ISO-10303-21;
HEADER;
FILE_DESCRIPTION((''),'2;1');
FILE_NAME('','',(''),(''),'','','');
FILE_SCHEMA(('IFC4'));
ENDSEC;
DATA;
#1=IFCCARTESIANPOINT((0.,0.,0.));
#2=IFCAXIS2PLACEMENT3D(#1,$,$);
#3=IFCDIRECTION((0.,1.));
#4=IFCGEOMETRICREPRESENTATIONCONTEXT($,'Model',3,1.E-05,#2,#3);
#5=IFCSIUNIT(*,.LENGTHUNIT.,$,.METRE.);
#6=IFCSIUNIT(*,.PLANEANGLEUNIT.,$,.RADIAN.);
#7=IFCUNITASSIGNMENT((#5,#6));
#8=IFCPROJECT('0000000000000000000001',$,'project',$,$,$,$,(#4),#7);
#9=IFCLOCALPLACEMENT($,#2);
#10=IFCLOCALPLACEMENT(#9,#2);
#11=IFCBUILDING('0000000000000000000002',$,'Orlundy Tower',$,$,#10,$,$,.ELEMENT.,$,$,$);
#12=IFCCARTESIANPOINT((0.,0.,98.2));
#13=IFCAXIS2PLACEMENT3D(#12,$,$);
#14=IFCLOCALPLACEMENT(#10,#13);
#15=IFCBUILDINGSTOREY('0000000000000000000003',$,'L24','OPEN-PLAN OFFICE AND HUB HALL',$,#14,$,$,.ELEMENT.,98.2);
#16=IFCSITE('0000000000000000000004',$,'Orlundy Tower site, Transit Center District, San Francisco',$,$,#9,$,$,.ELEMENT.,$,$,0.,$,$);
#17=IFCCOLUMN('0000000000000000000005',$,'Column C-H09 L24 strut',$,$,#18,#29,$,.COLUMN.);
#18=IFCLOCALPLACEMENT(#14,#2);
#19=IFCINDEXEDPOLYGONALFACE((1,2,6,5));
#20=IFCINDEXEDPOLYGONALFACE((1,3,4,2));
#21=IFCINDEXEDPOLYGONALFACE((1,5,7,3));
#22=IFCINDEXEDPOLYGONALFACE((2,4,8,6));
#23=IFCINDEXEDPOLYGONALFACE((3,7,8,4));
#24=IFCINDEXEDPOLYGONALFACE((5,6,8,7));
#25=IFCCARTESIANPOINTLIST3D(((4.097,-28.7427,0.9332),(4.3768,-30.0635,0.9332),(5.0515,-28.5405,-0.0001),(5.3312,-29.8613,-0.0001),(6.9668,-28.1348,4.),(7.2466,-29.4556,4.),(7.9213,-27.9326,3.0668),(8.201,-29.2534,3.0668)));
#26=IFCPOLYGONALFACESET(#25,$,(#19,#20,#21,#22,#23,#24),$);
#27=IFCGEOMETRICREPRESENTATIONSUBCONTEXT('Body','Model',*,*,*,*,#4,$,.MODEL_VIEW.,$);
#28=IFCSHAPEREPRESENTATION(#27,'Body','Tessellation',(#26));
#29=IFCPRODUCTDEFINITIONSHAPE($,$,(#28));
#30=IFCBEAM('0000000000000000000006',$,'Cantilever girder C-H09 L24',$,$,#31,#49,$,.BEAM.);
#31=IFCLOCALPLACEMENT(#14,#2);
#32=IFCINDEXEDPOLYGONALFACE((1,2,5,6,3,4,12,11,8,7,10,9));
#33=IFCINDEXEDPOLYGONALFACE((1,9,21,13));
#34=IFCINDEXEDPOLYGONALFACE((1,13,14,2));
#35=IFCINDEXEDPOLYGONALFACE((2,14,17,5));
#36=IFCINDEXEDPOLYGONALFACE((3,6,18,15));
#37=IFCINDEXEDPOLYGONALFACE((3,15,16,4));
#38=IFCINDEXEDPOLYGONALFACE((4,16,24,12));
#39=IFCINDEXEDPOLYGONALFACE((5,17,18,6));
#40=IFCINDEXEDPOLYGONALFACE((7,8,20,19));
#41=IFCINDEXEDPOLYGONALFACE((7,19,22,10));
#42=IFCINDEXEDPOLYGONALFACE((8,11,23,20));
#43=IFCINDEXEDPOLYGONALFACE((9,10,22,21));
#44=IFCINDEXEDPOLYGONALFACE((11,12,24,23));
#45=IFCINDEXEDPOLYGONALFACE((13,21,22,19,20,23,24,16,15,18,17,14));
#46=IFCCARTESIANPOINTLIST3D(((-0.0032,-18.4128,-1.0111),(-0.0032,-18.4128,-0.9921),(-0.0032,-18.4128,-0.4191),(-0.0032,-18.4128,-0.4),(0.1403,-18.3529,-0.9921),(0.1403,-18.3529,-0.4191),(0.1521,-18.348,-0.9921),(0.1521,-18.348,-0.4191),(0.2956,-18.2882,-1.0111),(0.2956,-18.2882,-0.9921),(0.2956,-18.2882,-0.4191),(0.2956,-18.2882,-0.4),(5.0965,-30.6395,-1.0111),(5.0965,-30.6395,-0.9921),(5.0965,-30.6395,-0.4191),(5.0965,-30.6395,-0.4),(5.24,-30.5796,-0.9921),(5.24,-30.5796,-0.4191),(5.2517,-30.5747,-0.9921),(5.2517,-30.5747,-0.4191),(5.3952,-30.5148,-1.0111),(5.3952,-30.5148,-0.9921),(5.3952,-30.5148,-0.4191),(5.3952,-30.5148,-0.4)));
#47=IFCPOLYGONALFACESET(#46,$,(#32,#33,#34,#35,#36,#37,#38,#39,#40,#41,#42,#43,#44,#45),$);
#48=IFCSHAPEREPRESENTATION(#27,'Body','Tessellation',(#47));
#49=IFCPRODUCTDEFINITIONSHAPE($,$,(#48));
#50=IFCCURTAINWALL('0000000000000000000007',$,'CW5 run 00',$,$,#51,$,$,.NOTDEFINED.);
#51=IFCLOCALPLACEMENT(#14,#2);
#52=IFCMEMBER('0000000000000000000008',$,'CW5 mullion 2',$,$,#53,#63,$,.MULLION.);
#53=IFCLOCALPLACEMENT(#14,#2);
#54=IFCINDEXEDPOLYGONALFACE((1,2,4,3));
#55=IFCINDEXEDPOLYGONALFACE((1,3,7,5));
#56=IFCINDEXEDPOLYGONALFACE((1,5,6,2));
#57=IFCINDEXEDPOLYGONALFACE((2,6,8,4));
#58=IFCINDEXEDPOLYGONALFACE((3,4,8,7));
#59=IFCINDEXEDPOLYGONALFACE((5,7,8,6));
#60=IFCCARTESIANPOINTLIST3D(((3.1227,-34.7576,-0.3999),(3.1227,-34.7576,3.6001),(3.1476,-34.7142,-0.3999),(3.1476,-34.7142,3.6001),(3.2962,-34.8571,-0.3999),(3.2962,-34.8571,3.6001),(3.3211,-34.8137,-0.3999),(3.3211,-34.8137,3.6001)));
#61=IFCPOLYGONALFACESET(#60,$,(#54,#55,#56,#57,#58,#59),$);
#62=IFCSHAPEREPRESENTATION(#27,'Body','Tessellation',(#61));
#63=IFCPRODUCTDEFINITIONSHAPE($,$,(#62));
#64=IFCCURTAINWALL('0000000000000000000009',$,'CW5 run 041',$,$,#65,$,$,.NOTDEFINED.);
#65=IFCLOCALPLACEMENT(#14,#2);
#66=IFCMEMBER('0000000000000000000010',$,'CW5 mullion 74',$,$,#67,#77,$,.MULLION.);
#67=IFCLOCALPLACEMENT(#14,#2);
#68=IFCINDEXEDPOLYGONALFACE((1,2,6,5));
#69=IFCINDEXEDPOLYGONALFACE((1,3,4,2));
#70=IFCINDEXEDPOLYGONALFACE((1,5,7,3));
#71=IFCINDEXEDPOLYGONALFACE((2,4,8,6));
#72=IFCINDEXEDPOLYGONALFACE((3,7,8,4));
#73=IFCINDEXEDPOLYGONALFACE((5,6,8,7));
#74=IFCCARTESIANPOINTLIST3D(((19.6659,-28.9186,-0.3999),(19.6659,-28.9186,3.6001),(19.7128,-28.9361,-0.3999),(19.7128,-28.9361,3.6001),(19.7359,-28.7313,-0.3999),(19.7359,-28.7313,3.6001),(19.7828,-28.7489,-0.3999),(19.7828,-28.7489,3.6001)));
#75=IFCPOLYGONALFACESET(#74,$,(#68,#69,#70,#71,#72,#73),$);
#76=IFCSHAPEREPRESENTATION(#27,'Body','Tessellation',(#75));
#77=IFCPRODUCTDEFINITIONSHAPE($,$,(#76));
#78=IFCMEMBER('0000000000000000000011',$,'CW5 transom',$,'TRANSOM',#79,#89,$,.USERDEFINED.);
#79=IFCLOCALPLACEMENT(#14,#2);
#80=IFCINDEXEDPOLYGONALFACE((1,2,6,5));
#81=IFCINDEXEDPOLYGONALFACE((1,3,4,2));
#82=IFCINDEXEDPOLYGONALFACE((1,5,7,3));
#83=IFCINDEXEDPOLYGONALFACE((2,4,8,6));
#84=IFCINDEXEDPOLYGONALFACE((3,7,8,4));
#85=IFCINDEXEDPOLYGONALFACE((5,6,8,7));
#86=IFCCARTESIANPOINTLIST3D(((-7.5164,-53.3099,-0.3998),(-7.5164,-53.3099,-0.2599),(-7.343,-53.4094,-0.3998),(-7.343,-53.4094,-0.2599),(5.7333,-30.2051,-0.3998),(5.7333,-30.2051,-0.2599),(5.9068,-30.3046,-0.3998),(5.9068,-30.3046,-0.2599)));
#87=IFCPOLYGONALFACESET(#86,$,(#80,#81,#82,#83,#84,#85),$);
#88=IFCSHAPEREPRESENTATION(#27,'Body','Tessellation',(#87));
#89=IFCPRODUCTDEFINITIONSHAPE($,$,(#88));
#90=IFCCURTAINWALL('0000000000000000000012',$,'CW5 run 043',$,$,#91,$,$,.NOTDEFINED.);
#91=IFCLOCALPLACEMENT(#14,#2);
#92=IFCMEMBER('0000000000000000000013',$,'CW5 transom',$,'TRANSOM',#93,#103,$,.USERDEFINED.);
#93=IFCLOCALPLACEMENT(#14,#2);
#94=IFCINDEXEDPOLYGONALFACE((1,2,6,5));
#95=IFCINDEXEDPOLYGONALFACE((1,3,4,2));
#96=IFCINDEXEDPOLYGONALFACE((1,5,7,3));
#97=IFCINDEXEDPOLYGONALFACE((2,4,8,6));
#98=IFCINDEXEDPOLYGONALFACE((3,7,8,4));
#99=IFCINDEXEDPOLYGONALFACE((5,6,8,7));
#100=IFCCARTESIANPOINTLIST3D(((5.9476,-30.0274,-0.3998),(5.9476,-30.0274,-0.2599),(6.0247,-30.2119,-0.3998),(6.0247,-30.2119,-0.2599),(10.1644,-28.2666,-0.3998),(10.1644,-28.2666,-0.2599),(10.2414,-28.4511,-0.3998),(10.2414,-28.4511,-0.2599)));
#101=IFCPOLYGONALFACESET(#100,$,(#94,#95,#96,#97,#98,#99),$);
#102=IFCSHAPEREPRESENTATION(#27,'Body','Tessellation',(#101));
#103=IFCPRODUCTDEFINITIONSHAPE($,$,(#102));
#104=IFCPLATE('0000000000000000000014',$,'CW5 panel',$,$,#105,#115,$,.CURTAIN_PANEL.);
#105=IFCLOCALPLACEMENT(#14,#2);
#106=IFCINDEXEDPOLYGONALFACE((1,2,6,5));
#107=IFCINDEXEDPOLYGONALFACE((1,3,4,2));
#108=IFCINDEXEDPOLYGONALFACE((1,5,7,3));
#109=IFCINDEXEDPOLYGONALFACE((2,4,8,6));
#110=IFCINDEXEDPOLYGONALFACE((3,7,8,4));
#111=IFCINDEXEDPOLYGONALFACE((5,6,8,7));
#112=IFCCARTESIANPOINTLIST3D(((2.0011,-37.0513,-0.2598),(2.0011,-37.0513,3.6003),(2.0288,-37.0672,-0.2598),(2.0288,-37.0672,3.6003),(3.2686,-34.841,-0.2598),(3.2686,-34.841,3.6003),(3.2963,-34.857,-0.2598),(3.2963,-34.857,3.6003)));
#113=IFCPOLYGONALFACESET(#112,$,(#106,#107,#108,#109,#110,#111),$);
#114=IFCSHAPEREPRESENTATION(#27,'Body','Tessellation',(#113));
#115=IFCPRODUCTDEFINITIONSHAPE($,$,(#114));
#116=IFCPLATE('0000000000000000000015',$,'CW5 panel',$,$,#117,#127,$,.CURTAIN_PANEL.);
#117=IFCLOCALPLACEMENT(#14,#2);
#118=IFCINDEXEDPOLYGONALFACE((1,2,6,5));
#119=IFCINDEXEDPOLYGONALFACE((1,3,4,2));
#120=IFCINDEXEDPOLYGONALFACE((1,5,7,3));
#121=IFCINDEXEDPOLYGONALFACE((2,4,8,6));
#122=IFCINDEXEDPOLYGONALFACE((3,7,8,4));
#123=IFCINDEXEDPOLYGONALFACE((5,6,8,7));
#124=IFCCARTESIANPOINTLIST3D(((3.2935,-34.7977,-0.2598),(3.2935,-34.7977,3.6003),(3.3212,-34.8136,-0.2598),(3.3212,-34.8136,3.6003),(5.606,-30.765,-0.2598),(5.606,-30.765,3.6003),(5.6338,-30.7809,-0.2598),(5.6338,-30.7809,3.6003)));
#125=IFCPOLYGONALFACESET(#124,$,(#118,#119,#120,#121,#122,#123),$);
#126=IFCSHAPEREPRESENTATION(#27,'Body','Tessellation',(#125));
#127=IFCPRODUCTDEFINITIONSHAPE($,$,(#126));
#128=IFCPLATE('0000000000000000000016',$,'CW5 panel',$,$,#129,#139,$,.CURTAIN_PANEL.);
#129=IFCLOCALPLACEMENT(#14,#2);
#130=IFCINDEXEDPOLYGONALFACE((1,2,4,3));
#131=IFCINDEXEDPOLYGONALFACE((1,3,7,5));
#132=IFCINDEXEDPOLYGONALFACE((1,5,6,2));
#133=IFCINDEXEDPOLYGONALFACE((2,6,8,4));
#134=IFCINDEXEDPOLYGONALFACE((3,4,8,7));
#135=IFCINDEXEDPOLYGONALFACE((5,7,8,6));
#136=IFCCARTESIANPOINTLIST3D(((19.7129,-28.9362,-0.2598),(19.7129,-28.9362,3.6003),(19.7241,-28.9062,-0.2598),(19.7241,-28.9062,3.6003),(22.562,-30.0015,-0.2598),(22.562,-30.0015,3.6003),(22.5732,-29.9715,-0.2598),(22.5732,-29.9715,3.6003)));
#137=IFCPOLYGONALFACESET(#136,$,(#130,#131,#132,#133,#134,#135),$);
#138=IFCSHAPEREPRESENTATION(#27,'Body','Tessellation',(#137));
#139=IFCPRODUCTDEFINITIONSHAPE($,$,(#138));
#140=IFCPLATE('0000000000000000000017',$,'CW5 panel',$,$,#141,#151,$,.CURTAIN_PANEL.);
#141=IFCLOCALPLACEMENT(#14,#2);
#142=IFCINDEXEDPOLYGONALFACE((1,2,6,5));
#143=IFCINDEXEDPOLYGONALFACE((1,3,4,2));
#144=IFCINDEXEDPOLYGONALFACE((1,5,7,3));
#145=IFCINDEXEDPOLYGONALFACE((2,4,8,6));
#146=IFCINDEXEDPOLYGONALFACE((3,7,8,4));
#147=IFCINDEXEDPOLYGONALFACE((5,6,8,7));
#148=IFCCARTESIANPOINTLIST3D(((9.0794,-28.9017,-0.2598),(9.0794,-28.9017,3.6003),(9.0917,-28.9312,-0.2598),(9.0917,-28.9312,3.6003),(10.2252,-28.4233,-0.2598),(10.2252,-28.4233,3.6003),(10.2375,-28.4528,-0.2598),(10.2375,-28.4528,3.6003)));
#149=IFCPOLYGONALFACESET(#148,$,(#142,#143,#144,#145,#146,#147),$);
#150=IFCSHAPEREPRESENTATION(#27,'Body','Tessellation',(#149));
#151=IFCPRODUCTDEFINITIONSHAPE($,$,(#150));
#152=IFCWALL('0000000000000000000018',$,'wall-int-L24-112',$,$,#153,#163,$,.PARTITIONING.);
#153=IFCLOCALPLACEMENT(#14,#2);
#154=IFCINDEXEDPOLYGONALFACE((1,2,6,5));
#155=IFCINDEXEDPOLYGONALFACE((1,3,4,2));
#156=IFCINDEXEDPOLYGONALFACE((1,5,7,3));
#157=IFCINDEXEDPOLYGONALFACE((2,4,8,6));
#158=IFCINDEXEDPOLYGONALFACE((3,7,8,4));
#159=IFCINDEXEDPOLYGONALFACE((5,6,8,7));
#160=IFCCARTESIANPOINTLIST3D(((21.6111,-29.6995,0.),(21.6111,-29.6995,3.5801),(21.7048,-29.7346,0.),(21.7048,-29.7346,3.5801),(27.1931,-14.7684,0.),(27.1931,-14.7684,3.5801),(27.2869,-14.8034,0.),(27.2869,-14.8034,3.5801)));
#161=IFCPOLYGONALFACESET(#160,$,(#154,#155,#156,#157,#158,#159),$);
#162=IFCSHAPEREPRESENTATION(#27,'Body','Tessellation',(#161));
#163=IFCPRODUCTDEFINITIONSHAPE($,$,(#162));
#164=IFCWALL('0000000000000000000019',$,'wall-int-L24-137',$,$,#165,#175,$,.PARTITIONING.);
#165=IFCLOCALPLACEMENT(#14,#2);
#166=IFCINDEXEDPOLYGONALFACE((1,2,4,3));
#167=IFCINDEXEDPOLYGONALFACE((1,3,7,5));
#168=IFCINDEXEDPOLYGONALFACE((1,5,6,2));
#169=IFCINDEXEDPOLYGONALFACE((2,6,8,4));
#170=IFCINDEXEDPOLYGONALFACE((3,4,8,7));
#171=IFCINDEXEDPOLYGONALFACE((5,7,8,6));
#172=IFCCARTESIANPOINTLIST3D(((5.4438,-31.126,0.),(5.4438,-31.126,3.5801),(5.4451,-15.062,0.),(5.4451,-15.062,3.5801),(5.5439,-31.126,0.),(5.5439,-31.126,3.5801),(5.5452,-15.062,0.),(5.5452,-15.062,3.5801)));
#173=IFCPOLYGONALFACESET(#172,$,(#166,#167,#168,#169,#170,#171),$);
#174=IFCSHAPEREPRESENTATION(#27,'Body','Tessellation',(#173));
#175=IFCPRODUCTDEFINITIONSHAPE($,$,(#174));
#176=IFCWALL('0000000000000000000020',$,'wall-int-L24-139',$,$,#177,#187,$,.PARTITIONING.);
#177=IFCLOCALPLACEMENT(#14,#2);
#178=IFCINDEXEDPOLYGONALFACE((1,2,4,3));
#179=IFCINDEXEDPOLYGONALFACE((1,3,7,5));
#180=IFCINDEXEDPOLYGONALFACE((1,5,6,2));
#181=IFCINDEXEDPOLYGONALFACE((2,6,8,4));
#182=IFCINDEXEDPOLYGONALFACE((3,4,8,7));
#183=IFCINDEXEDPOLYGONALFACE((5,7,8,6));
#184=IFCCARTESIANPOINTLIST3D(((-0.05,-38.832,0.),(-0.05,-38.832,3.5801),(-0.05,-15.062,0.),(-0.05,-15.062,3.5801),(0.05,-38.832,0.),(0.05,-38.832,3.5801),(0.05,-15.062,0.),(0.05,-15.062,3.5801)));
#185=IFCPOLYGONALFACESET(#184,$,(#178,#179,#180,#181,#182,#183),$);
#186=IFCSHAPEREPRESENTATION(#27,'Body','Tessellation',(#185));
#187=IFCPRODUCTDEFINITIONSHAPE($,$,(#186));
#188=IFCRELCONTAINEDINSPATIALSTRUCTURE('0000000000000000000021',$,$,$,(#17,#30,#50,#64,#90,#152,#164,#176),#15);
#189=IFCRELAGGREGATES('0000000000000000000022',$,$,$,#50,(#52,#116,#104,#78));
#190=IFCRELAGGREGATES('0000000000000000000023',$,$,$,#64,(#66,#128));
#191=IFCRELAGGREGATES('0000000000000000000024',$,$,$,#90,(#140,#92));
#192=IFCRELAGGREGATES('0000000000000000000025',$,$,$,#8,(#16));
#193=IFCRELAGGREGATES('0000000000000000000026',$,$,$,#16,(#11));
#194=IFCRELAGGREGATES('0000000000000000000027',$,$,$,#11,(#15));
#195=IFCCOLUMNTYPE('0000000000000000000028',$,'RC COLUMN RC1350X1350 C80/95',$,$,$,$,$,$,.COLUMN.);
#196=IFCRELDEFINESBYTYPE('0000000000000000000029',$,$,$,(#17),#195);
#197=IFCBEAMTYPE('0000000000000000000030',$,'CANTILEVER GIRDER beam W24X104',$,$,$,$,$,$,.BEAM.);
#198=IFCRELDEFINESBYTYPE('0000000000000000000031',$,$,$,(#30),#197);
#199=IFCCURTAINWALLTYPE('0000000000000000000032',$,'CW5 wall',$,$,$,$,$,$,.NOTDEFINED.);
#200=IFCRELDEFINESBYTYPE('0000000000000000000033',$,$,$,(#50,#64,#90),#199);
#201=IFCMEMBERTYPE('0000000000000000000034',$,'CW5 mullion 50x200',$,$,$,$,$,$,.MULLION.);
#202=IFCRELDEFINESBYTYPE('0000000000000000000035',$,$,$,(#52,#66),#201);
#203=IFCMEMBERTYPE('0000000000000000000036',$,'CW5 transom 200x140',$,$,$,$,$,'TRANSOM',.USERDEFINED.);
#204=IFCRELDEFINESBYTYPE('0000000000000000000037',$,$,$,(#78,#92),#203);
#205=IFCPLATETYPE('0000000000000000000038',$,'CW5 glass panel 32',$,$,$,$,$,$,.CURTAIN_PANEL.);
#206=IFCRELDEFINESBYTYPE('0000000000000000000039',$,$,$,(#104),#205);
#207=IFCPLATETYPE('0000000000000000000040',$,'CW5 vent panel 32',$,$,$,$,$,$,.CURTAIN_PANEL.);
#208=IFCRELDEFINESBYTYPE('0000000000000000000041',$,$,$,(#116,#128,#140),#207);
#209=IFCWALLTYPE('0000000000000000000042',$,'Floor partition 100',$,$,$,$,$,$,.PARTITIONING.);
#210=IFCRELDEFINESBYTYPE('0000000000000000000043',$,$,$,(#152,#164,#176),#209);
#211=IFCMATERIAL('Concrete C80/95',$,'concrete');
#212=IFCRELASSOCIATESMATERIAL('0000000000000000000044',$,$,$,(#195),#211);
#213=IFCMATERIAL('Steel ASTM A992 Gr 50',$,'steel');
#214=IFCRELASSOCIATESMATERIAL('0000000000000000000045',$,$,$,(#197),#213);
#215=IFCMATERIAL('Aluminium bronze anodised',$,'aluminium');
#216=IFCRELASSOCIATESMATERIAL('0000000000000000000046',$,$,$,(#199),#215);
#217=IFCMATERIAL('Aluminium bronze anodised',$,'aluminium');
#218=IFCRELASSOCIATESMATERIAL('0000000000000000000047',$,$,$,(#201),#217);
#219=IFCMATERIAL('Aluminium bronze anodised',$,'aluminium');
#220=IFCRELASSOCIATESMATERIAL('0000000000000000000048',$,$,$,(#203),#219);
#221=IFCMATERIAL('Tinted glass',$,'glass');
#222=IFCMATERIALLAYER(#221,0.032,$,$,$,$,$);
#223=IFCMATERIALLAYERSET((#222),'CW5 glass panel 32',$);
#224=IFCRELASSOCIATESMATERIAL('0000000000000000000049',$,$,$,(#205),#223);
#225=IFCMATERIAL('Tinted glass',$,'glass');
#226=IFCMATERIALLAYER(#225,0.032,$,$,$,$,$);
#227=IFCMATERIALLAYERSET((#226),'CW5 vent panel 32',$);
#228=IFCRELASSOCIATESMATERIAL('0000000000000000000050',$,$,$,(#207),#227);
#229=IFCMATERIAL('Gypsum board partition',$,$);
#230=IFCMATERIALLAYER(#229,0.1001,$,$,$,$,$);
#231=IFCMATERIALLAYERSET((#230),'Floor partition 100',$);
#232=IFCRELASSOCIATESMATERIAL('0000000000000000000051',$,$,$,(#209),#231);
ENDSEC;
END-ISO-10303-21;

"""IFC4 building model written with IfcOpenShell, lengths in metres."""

from ifc_helpers import new_model, si_unit, direction, frame, frame_2d, origin, origin_2d, place, context, subcontext, project, spatial, rectangle, i_section, extrude, material, layer, layer_set, material_profile, profile_set, type_object, element, aggregate, save


model = new_model("IFC4")

# Units and contexts
model_context = context("Model", 3, precision=1e-05, world=origin(), true_north=direction((0.0, 1.0)))
body_context = subcontext(model_context, "Body", "Model", "MODEL_VIEW")
ifc_project = project(units=[si_unit("LENGTHUNIT", "METRE"), si_unit("PLANEANGLEUNIT", "RADIAN")], contexts=[model_context])

# Site, building, storey
site_placement = place(None, origin())
site = spatial("IfcSite", under=ifc_project, at=site_placement, Name="Orlundy Tower site, Transit Center District, San Francisco", CompositionType="ELEMENT", RefElevation=0.0)
building_placement = place(site_placement, origin())
building = spatial("IfcBuilding", under=site, at=building_placement, Name="Orlundy Tower", CompositionType="ELEMENT")
storey_placement = place(building_placement, frame((0.0, 0.0, 98.2)))
storey = spatial("IfcBuildingStorey", under=building, at=storey_placement, Name="L24", Description="OPEN-PLAN OFFICE AND HUB HALL", CompositionType="ELEMENT", Elevation=98.2)

# Column
ifc_material_1 = material(Name="Concrete C80/95", Category="concrete")
ifc_material_profile_1 = material_profile(ifc_material_1, rectangle(XDim=1.3501, YDim=1.3501, at=origin_2d()), Name="RC1350X1350")
ifc_profile_set_1 = profile_set([ifc_material_profile_1], Name="Concrete C80/95")
column_type = type_object("IfcColumnType", Name="RC COLUMN RC1350X1350 C80/95", PredefinedType="COLUMN", material=ifc_profile_set_1)
column_placement = place(storey_placement, frame((4.7141, -29.302, 0.4666), z_axis=(0.676218, 0.14324, 0.722642), x_axis=(-0.207227, 0.978293, 0.0)))
element("IfcColumn", 1, at=column_placement, inside=storey, type_object=column_type, Name="Column C-H09 L24 strut", PredefinedType="COLUMN", context=body_context, shape_type="SweptSolid", body=[
    extrude(rectangle(XDim=1.3501, YDim=1.3501, at=origin_2d()), origin(), (0.0, 0.0, 1.0), 4.2439),
])

# Beam
ifc_material_2 = material(Name="Steel ASTM A992 Gr 50", Category="steel")
ifc_material_profile_2 = material_profile(ifc_material_2, i_section(OverallWidth=0.3237, OverallDepth=0.6111, WebThickness=0.0127, FlangeThickness=0.019, at=origin_2d()), Name="W24X104")
ifc_profile_set_2 = profile_set([ifc_material_profile_2], Name="Steel ASTM A992 Gr 50")
beam_type = type_object("IfcBeamType", Name="CANTILEVER GIRDER beam W24X104", PredefinedType="BEAM", material=ifc_profile_set_2)
beam_placement = place(storey_placement, frame((5.2458, -30.5771, -0.7056), z_axis=(-0.38495, 0.922937, 0.0), x_axis=(-0.922937, -0.38495, 0.0)))
element("IfcBeam", 2, at=beam_placement, inside=storey, type_object=beam_type, Name="Cantilever girder C-H09 L24", PredefinedType="BEAM", context=body_context, shape_type="SweptSolid", body=[
    extrude(i_section(OverallWidth=0.3237, OverallDepth=0.6111, WebThickness=0.0127, FlangeThickness=0.019, at=origin_2d()), origin(), (0.0, 0.0, 1.0), 13.2476),
])

# Curtain walls, members
ifc_material_3 = material(Name="Aluminium bronze anodised", Category="aluminium")
curtain_wall_type = type_object("IfcCurtainWallType", Name="CW5 wall", PredefinedType="NOTDEFINED", material=ifc_material_3)
curtain_wall_1_placement = place(storey_placement, origin())
curtain_wall_1 = element("IfcCurtainWall", 3, at=curtain_wall_1_placement, inside=storey, type_object=curtain_wall_type, Name="CW5 run 00", PredefinedType="NOTDEFINED")
ifc_material_4 = material(Name="Aluminium bronze anodised", Category="aluminium")
ifc_material_profile_3 = material_profile(ifc_material_4, rectangle(XDim=0.2, YDim=0.05, at=origin_2d()), Name="CW5 mullion 50x200")
ifc_profile_set_3 = profile_set([ifc_material_profile_3], Name="Aluminium bronze anodised")
member_type_1 = type_object("IfcMemberType", Name="CW5 mullion 50x200", PredefinedType="MULLION", material=ifc_profile_set_3)
member_1_placement = place(storey_placement, frame((3.2219, -34.7856, -0.3999), z_axis=(0.0, 0.0, 1.0), x_axis=(0.867479, -0.497473, 0.0)))
member_1 = element("IfcMember", 4, at=member_1_placement, type_object=member_type_1, Name="CW5 mullion 2", PredefinedType="MULLION", context=body_context, shape_type="SweptSolid", body=[
    extrude(rectangle(XDim=0.2, YDim=0.05, at=origin_2d()), origin(), (0.0, 0.0, 1.0), 4.0),
])
curtain_wall_2_placement = place(storey_placement, origin())
curtain_wall_2 = element("IfcCurtainWall", 5, at=curtain_wall_2_placement, inside=storey, type_object=curtain_wall_type, Name="CW5 run 041", PredefinedType="NOTDEFINED")
member_2_placement = place(storey_placement, frame((19.7244, -28.8337, -0.3999), z_axis=(0.0, 0.0, 1.0), x_axis=(-0.350219, -0.936668, 0.0)))
member_2 = element("IfcMember", 6, at=member_2_placement, type_object=member_type_1, Name="CW5 mullion 74", PredefinedType="MULLION", context=body_context, shape_type="SweptSolid", body=[
    extrude(rectangle(XDim=0.2, YDim=0.05, at=origin_2d()), origin(), (0.0, 0.0, 1.0), 4.0),
])

# Member
ifc_material_5 = material(Name="Aluminium bronze anodised", Category="aluminium")
ifc_material_profile_4 = material_profile(ifc_material_5, rectangle(XDim=0.2, YDim=0.1399, at=origin_2d()), Name="CW5 transom 200x140")
ifc_profile_set_4 = profile_set([ifc_material_profile_4], Name="Aluminium bronze anodised")
member_type_2 = type_object("IfcMemberType", Name="CW5 transom 200x140", ElementType="TRANSOM", PredefinedType="USERDEFINED", material=ifc_profile_set_4)
member_3_placement = place(storey_placement, frame((5.8201, -30.2549, -0.3298), z_axis=(-0.49747, -0.867481, 0.0), x_axis=(0.867481, -0.49747, 0.0)))
member_3 = element("IfcMember", 7, at=member_3_placement, type_object=member_type_2, Name="CW5 transom", ObjectType="TRANSOM", PredefinedType="USERDEFINED", context=body_context, shape_type="SweptSolid", body=[
    extrude(rectangle(XDim=0.2, YDim=0.1399, at=origin_2d()), origin(), (0.0, 0.0, 1.0), 26.6343),
])

# Curtain wall, member
curtain_wall_3_placement = place(storey_placement, origin())
curtain_wall_3 = element("IfcCurtainWall", 8, at=curtain_wall_3_placement, inside=storey, type_object=curtain_wall_type, Name="CW5 run 043", PredefinedType="NOTDEFINED")
member_4_placement = place(storey_placement, frame((10.2029, -28.3589, -0.3298), z_axis=(-0.922786, -0.385313, 0.0), x_axis=(0.385313, -0.922786, 0.0)))
member_4 = element("IfcMember", 9, at=member_4_placement, type_object=member_type_2, Name="CW5 transom", ObjectType="TRANSOM", PredefinedType="USERDEFINED", context=body_context, shape_type="SweptSolid", body=[
    extrude(rectangle(XDim=0.2, YDim=0.1399, at=origin_2d()), origin(), (0.0, 0.0, 1.0), 4.5696),
])

# Plates
ifc_material_6 = material(Name="Tinted glass", Category="glass")
ifc_layer_1 = layer(ifc_material_6, 0.032)
ifc_layer_set_1 = layer_set([ifc_layer_1], Name="CW5 glass panel 32")
plate_type_1 = type_object("IfcPlateType", Name="CW5 glass panel 32", PredefinedType="CURTAIN_PANEL", material=ifc_layer_set_1)
plate_1_placement = place(storey_placement, frame((2.6487, -35.9541, -0.2598), z_axis=(0.0, 0.0, 1.0), x_axis=(-0.497473, -0.867479, 0.0)))
plate_1 = element("IfcPlate", 10, at=plate_1_placement, type_object=plate_type_1, Name="CW5 panel", PredefinedType="CURTAIN_PANEL", context=body_context, shape_type="SweptSolid", body=[
    extrude(rectangle(XDim=2.5479, YDim=0.032, at=origin_2d()), origin(), (0.0, 0.0, 1.0), 3.8601),
])
ifc_material_7 = material(Name="Tinted glass", Category="glass")
ifc_layer_2 = layer(ifc_material_7, 0.032)
ifc_layer_set_2 = layer_set([ifc_layer_2], Name="CW5 vent panel 32")
plate_type_2 = type_object("IfcPlateType", Name="CW5 vent panel 32", PredefinedType="CURTAIN_PANEL", material=ifc_layer_set_2)
plate_2_placement = place(storey_placement, frame((4.4636, -32.7893, -0.2598), z_axis=(0.0, 0.0, 1.0), x_axis=(-0.497473, -0.867479, 0.0)))
plate_2 = element("IfcPlate", 11, at=plate_2_placement, type_object=plate_type_2, Name="CW5 panel", PredefinedType="CURTAIN_PANEL", context=body_context, shape_type="SweptSolid", body=[
    extrude(rectangle(XDim=4.6487, YDim=0.032, at=origin_2d()), origin(), (0.0, 0.0, 1.0), 3.8601),
])
aggregate(curtain_wall_1, [member_1, plate_2, plate_1, member_3])
plate_3_placement = place(storey_placement, frame((21.1431, -29.4539, -0.2598), z_axis=(0.0, 0.0, 1.0), x_axis=(-0.936668, 0.350219, 0.0)))
plate_3 = element("IfcPlate", 12, at=plate_3_placement, type_object=plate_type_2, Name="CW5 panel", PredefinedType="CURTAIN_PANEL", context=body_context, shape_type="SweptSolid", body=[
    extrude(rectangle(XDim=3.0417, YDim=0.032, at=origin_2d()), origin(), (0.0, 0.0, 1.0), 3.8601),
])
aggregate(curtain_wall_2, [member_2, plate_3])
plate_4_placement = place(storey_placement, frame((9.6584, -28.6772, -0.2598), z_axis=(0.0, 0.0, 1.0), x_axis=(-0.922778, -0.385331, 0.0)))
plate_4 = element("IfcPlate", 13, at=plate_4_placement, type_object=plate_type_2, Name="CW5 panel", PredefinedType="CURTAIN_PANEL", context=body_context, shape_type="SweptSolid", body=[
    extrude(rectangle(XDim=1.2417, YDim=0.032, at=origin_2d()), origin(), (0.0, 0.0, 1.0), 3.8601),
])
aggregate(curtain_wall_3, [plate_4, member_4])

# Walls
ifc_material_8 = material(Name="Gypsum board partition")
ifc_layer_3 = layer(ifc_material_8, 0.1001)
ifc_layer_set_3 = layer_set([ifc_layer_3], Name="Floor partition 100")
wall_type = type_object("IfcWallType", Name="Floor partition 100", PredefinedType="PARTITIONING", material=ifc_layer_set_3)
wall_1_placement = place(storey_placement, frame((21.658, -29.717, 0.0), z_axis=(0.0, 0.0, 1.0), x_axis=(0.35018, 0.936682, 0.0)))
element("IfcWall", 14, at=wall_1_placement, inside=storey, type_object=wall_type, Name="wall-int-L24-112", PredefinedType="PARTITIONING", context=body_context, shape_type="SweptSolid", body=[
    extrude(rectangle(XDim=15.9404, YDim=0.1001, at=frame_2d((7.9702, 0.0))), origin(), (0.0, 0.0, 1.0), 3.5801),
])
wall_2_placement = place(storey_placement, frame((5.4939, -31.126, 0.0), z_axis=(0.0, 0.0, 1.0), x_axis=(0.000076, 1.0, 0.0)))
element("IfcWall", 15, at=wall_2_placement, inside=storey, type_object=wall_type, Name="wall-int-L24-137", PredefinedType="PARTITIONING", context=body_context, shape_type="SweptSolid", body=[
    extrude(rectangle(XDim=16.064, YDim=0.1001, at=frame_2d((8.032, 0.0))), origin(), (0.0, 0.0, 1.0), 3.5801),
])
wall_3_placement = place(storey_placement, frame((0.0, -38.832, 0.0), z_axis=(0.0, 0.0, 1.0), x_axis=(0.0, 1.0, 0.0)))
element("IfcWall", 16, at=wall_3_placement, inside=storey, type_object=wall_type, Name="wall-int-L24-139", PredefinedType="PARTITIONING", context=body_context, shape_type="SweptSolid", body=[
    extrude(rectangle(XDim=23.77, YDim=0.1001, at=frame_2d((11.885, 0.0))), origin(), (0.0, 0.0, 1.0), 3.5801),
])

save(model, "model.ifc")
